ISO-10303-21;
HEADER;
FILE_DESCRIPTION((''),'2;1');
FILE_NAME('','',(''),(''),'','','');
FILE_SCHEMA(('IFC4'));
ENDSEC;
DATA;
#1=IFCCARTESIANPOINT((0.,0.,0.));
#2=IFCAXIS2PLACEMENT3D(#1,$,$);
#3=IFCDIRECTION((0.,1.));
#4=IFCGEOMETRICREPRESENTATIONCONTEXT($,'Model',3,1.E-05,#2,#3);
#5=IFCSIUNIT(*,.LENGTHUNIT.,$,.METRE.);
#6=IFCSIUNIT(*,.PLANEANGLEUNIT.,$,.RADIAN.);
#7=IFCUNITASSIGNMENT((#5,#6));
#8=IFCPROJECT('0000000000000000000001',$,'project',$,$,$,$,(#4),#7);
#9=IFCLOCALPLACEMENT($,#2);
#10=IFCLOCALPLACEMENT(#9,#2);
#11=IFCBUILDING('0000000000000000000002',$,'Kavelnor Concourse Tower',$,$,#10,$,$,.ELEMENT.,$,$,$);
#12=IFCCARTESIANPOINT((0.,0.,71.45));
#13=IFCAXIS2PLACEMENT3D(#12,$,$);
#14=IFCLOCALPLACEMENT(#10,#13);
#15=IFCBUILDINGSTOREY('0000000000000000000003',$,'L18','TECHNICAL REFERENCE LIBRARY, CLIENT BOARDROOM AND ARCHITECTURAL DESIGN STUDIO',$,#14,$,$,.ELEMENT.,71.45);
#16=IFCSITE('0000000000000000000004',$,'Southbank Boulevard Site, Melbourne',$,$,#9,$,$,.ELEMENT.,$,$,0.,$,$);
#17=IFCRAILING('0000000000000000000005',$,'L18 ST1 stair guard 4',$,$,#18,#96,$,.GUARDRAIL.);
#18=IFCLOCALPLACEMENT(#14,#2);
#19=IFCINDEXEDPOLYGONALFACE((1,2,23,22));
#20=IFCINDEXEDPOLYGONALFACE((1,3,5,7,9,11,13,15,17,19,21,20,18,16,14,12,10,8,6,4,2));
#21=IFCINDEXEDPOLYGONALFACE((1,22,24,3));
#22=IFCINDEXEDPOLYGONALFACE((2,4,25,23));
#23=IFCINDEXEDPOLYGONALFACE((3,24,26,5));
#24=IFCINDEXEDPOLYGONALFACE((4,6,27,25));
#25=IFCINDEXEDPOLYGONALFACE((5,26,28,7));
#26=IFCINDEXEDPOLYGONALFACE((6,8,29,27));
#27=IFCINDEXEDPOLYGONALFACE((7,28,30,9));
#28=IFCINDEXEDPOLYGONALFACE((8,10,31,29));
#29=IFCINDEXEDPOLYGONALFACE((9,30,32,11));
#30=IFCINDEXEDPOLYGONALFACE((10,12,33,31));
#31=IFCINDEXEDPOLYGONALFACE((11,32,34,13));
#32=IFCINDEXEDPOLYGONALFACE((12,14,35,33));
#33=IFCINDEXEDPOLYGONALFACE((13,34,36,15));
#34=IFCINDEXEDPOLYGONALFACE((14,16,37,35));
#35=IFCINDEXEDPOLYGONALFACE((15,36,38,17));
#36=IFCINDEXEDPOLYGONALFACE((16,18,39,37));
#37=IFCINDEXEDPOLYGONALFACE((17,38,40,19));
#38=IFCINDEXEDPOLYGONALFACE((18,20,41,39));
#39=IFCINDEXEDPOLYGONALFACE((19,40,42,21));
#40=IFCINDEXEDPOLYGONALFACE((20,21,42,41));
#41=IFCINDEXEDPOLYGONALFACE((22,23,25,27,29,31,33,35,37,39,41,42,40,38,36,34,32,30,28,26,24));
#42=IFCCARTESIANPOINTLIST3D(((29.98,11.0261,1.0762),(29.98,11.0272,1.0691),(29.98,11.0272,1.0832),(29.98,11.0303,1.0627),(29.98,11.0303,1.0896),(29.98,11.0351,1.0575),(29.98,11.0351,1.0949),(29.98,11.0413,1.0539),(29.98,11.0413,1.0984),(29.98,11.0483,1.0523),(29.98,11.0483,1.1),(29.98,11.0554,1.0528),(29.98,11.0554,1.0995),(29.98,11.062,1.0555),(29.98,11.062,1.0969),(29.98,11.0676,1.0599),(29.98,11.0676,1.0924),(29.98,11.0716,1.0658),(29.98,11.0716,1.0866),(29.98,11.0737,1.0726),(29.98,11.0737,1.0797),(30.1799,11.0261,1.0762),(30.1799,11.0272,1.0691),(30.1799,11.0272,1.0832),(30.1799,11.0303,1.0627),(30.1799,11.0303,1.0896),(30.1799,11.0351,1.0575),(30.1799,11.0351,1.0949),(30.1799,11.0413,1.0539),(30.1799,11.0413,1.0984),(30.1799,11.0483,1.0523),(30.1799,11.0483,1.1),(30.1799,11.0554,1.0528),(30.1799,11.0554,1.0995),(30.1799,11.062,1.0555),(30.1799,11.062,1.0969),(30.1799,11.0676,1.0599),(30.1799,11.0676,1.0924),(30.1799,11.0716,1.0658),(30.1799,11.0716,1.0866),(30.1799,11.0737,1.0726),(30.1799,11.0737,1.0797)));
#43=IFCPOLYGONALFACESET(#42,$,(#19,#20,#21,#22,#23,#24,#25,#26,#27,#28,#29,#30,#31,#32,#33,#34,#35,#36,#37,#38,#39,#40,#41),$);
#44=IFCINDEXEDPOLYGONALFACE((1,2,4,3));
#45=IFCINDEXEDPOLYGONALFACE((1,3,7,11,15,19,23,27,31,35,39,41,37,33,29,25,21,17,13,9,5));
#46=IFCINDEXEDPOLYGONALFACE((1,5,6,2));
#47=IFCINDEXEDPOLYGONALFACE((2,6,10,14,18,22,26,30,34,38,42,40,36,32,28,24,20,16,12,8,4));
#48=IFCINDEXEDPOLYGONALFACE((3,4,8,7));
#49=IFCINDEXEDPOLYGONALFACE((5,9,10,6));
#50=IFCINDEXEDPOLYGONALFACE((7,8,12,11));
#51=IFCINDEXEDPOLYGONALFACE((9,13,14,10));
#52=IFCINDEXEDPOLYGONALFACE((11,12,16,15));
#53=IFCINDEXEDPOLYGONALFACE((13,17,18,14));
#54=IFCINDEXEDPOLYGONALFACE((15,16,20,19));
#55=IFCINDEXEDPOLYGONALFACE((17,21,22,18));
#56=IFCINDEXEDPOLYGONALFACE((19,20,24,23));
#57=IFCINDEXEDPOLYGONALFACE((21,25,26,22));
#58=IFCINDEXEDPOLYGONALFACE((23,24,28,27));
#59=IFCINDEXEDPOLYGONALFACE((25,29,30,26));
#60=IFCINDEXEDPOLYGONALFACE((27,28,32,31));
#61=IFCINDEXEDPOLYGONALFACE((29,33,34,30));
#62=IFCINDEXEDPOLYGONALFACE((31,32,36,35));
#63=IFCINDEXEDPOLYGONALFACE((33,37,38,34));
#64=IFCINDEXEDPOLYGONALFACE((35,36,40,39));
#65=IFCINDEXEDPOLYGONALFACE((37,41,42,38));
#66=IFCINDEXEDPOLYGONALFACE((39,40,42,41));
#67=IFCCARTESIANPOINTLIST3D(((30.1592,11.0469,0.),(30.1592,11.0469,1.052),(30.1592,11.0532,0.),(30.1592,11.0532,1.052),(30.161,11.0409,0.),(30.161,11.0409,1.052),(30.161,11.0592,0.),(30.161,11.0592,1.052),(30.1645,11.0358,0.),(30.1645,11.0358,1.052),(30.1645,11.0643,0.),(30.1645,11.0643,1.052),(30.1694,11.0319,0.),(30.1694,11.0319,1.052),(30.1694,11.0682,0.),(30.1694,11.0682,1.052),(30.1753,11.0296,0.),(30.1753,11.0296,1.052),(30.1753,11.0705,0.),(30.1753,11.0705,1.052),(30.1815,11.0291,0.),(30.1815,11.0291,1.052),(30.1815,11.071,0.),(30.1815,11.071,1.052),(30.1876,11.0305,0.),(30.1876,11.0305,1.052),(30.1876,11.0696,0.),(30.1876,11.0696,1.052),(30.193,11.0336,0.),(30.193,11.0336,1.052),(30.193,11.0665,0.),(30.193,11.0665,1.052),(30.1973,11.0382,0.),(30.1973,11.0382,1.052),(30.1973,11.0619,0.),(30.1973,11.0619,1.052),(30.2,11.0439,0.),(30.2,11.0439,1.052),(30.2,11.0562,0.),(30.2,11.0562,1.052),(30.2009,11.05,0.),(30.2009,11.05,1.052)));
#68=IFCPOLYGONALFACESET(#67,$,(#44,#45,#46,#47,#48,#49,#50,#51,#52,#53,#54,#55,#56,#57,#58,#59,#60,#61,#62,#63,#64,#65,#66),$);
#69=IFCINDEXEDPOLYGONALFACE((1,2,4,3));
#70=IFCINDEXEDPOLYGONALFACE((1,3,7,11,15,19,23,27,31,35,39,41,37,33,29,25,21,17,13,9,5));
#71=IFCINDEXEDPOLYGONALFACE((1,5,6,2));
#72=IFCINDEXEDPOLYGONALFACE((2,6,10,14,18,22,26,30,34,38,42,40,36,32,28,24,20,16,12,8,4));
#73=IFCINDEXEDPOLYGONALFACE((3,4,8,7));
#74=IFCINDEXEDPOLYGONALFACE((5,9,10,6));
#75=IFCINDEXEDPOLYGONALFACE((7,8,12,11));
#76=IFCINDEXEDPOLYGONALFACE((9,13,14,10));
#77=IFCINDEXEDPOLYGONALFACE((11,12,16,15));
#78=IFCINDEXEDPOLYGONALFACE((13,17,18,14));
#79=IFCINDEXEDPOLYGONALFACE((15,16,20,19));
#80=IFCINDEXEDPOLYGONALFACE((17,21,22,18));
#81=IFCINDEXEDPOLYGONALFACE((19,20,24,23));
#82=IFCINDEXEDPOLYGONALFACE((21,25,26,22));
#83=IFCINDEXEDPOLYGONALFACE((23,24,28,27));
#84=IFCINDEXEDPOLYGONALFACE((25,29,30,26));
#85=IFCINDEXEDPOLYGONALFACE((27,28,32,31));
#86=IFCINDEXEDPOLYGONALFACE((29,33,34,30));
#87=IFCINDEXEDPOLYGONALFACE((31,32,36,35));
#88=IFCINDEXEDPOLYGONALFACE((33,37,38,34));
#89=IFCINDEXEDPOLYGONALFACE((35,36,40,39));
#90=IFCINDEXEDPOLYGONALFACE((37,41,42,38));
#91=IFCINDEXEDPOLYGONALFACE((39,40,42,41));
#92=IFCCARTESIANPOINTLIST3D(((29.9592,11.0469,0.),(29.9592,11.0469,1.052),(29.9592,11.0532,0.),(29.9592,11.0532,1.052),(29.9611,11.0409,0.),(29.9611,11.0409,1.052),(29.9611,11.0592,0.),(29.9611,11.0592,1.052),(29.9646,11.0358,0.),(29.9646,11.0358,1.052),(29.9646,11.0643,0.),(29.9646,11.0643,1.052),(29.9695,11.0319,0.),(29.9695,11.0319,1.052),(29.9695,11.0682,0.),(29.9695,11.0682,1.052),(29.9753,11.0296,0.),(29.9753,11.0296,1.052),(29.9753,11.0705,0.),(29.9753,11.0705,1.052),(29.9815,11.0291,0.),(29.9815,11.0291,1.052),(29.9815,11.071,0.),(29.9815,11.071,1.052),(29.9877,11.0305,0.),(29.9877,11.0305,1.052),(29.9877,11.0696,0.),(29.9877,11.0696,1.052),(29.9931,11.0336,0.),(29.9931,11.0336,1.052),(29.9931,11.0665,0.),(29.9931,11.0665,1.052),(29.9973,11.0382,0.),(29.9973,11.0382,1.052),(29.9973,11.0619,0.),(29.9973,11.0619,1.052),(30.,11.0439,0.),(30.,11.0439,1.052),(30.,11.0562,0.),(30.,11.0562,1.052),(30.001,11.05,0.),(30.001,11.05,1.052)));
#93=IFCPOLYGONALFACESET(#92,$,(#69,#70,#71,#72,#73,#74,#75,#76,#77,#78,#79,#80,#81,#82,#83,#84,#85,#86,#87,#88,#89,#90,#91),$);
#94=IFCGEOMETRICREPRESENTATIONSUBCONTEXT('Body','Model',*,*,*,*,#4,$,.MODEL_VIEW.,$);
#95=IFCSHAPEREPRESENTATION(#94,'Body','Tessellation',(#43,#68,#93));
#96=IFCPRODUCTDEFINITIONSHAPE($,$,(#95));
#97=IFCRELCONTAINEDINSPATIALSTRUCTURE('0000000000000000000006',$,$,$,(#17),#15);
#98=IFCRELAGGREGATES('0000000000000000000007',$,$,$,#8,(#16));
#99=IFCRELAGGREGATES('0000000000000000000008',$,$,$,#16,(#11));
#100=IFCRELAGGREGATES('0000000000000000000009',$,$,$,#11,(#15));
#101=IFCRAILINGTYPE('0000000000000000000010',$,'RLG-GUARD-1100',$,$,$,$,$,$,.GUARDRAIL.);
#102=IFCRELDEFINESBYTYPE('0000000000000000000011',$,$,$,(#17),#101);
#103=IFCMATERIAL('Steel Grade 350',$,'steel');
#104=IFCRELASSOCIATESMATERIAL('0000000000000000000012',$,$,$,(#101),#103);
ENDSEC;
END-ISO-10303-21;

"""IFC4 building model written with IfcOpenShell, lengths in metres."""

from ifc_helpers import new_model, si_unit, direction, frame, origin, origin_2d, place, context, subcontext, project, spatial, circle, extrude, material, type_object, element, save


model = new_model("IFC4")

# Units and contexts
model_context = context("Model", 3, precision=1e-05, world=origin(), true_north=direction((0.0, 1.0)))
body_context = subcontext(model_context, "Body", "Model", "MODEL_VIEW")
ifc_project = project(units=[si_unit("LENGTHUNIT", "METRE"), si_unit("PLANEANGLEUNIT", "RADIAN")], contexts=[model_context])

# Site, building, storey
site_placement = place(None, origin())
site = spatial("IfcSite", under=ifc_project, at=site_placement, Name="Southbank Boulevard Site, Melbourne", CompositionType="ELEMENT", RefElevation=0.0)
building_placement = place(site_placement, origin())
building = spatial("IfcBuilding", under=site, at=building_placement, Name="Kavelnor Concourse Tower", CompositionType="ELEMENT")
storey_placement = place(building_placement, frame((0.0, 0.0, 71.45)))
storey = spatial("IfcBuildingStorey", under=building, at=storey_placement, Name="L18", Description="TECHNICAL REFERENCE LIBRARY, CLIENT BOARDROOM AND ARCHITECTURAL DESIGN STUDIO", CompositionType="ELEMENT", Elevation=71.45)

# Shared definitions
ifc_material_1 = material(Name="Steel Grade 350", Category="steel")

# Railing
railing_type_1 = type_object("IfcRailingType", Name="RLG-GUARD-1100", PredefinedType="GUARDRAIL", material=ifc_material_1)
railing_1_placement = place(storey_placement, frame((30.1799, 11.05, 0.0)))
element("IfcRailing", 1, at=railing_1_placement, inside=storey, type_object=railing_type_1, Name="L18 ST1 stair guard 4", PredefinedType="GUARDRAIL", context=body_context, shape_type="SweptSolid", body=[
    extrude(circle(Radius=0.0239, at=origin_2d()), frame((0.0, 0.0, 1.0762), z_axis=(-1.0, 0.0, 0.0), x_axis=(0.0, -1.0, 0.0)), (0.0, 0.0, 1.0), 0.2),
    extrude(circle(Radius=0.021, at=origin_2d()), origin(), (0.0, 0.0, 1.0), 1.052),
    extrude(circle(Radius=0.021, at=origin_2d()), frame((-0.2, 0.0, 0.0)), (0.0, 0.0, 1.0), 1.052),
])

save(model, "model.ifc")
